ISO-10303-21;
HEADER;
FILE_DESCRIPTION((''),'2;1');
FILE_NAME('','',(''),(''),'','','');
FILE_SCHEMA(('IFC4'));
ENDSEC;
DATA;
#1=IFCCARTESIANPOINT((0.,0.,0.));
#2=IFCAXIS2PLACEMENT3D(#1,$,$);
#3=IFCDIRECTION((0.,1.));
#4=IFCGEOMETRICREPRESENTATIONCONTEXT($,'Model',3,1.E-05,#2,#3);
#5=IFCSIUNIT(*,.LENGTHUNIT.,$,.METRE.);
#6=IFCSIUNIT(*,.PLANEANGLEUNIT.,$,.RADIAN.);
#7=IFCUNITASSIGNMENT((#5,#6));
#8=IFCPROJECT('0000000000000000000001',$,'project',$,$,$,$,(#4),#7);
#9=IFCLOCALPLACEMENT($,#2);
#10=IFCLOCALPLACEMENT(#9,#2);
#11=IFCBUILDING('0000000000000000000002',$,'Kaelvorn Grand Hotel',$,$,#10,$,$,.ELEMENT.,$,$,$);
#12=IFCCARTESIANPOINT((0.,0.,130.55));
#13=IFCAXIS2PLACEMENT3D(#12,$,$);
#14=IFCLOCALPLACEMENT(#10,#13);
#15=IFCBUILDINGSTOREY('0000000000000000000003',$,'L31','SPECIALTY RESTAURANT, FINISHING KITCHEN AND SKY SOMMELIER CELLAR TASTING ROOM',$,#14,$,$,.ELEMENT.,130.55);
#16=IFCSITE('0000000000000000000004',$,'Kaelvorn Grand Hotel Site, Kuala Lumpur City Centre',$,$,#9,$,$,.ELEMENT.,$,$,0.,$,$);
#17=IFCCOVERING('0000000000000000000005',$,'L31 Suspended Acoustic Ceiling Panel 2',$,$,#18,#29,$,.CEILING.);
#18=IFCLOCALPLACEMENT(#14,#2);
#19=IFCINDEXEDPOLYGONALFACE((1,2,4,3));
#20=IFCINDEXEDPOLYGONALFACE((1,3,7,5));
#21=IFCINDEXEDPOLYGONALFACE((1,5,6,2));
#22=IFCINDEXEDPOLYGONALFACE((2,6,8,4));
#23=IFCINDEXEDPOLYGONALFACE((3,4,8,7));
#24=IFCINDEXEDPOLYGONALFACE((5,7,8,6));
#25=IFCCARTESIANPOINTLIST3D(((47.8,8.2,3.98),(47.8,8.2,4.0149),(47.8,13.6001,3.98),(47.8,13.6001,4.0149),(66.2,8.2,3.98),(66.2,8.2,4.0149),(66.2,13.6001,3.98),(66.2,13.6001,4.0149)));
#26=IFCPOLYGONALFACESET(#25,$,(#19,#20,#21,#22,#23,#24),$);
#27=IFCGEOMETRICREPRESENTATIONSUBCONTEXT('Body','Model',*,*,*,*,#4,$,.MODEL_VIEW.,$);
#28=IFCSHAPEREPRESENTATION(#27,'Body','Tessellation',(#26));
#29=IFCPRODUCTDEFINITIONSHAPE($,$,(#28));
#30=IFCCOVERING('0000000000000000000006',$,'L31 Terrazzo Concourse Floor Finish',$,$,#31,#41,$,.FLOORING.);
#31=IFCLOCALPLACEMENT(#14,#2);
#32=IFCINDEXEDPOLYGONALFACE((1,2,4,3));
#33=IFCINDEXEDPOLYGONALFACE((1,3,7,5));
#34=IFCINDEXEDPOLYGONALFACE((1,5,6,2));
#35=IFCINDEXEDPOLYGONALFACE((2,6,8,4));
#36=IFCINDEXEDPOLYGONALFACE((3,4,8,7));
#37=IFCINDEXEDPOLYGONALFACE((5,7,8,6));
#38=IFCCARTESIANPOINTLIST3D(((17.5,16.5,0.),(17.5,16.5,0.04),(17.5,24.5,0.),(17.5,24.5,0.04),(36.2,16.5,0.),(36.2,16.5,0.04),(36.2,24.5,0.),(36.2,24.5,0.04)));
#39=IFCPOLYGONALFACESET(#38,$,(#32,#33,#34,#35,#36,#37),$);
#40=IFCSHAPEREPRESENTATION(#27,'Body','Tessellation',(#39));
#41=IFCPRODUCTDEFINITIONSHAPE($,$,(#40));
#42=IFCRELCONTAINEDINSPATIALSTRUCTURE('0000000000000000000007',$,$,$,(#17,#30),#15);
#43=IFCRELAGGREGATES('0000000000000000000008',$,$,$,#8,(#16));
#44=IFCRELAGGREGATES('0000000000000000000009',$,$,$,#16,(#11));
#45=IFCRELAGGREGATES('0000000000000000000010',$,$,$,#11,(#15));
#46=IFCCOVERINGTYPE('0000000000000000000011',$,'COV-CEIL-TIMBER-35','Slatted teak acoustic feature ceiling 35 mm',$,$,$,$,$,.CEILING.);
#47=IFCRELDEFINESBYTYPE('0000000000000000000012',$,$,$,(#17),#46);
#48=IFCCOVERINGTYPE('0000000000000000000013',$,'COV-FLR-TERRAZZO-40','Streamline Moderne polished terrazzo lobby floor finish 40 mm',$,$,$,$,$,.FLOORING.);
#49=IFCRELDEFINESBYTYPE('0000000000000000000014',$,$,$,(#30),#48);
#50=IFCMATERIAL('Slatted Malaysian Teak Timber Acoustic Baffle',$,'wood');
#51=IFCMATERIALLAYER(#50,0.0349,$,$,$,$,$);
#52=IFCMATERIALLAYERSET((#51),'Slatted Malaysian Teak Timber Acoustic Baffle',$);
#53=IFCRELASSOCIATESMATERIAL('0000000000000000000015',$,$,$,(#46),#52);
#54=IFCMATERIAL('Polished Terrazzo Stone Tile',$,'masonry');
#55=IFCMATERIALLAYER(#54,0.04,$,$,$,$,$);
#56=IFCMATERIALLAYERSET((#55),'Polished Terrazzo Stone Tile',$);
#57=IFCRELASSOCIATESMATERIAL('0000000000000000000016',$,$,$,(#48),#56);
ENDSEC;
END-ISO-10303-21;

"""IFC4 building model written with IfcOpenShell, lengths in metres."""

from ifc_helpers import new_model, si_unit, direction, frame, origin, place, context, subcontext, project, spatial, polyline, outline, extrude, material, layer, layer_set, type_object, element, save


model = new_model("IFC4")

# Units and contexts
model_context = context("Model", 3, precision=1e-05, world=origin(), true_north=direction((0.0, 1.0)))
body_context = subcontext(model_context, "Body", "Model", "MODEL_VIEW")
ifc_project = project(units=[si_unit("LENGTHUNIT", "METRE"), si_unit("PLANEANGLEUNIT", "RADIAN")], contexts=[model_context])

# Site, building, storey
site_placement = place(None, origin())
site = spatial("IfcSite", under=ifc_project, at=site_placement, Name="Kaelvorn Grand Hotel Site, Kuala Lumpur City Centre", CompositionType="ELEMENT", RefElevation=0.0)
building_placement = place(site_placement, origin())
building = spatial("IfcBuilding", under=site, at=building_placement, Name="Kaelvorn Grand Hotel", CompositionType="ELEMENT")
storey_placement = place(building_placement, frame((0.0, 0.0, 130.55)))
storey = spatial("IfcBuildingStorey", under=building, at=storey_placement, Name="L31", Description="SPECIALTY RESTAURANT, FINISHING KITCHEN AND SKY SOMMELIER CELLAR TASTING ROOM", CompositionType="ELEMENT", Elevation=130.55)

# Coverings
ifc_material_1 = material(Name="Slatted Malaysian Teak Timber Acoustic Baffle", Category="wood")
ifc_layer_1 = layer(ifc_material_1, 0.0349)
ifc_layer_set_1 = layer_set([ifc_layer_1], Name="Slatted Malaysian Teak Timber Acoustic Baffle")
covering_type_1 = type_object("IfcCoveringType", Name="COV-CEIL-TIMBER-35", Description="Slatted teak acoustic feature ceiling 35 mm", PredefinedType="CEILING", material=ifc_layer_set_1)
covering_1_placement = place(storey_placement, frame((0.0, 0.0, 3.98)))
element("IfcCovering", 1, at=covering_1_placement, inside=storey, type_object=covering_type_1, Name="L31 Suspended Acoustic Ceiling Panel 2", PredefinedType="CEILING", context=body_context, shape_type="SweptSolid", body=[
    extrude(outline(polyline([(47.8, 8.2), (66.2, 8.2), (66.2, 13.6001), (47.8, 13.6001), (47.8, 8.2)])), origin(), (0.0, 0.0, 1.0), 0.0349),
])
ifc_material_2 = material(Name="Polished Terrazzo Stone Tile", Category="masonry")
ifc_layer_2 = layer(ifc_material_2, 0.04)
ifc_layer_set_2 = layer_set([ifc_layer_2], Name="Polished Terrazzo Stone Tile")
covering_type_2 = type_object("IfcCoveringType", Name="COV-FLR-TERRAZZO-40", Description="Streamline Moderne polished terrazzo lobby floor finish 40 mm", PredefinedType="FLOORING", material=ifc_layer_set_2)
covering_2_placement = place(storey_placement, origin())
element("IfcCovering", 2, at=covering_2_placement, inside=storey, type_object=covering_type_2, Name="L31 Terrazzo Concourse Floor Finish", PredefinedType="FLOORING", context=body_context, shape_type="SweptSolid", body=[
    extrude(outline(polyline([(17.5, 16.5), (36.2, 16.5), (36.2, 24.5), (17.5, 24.5), (17.5, 16.5)])), origin(), (0.0, 0.0, 1.0), 0.04),
])

save(model, "model.ifc")
